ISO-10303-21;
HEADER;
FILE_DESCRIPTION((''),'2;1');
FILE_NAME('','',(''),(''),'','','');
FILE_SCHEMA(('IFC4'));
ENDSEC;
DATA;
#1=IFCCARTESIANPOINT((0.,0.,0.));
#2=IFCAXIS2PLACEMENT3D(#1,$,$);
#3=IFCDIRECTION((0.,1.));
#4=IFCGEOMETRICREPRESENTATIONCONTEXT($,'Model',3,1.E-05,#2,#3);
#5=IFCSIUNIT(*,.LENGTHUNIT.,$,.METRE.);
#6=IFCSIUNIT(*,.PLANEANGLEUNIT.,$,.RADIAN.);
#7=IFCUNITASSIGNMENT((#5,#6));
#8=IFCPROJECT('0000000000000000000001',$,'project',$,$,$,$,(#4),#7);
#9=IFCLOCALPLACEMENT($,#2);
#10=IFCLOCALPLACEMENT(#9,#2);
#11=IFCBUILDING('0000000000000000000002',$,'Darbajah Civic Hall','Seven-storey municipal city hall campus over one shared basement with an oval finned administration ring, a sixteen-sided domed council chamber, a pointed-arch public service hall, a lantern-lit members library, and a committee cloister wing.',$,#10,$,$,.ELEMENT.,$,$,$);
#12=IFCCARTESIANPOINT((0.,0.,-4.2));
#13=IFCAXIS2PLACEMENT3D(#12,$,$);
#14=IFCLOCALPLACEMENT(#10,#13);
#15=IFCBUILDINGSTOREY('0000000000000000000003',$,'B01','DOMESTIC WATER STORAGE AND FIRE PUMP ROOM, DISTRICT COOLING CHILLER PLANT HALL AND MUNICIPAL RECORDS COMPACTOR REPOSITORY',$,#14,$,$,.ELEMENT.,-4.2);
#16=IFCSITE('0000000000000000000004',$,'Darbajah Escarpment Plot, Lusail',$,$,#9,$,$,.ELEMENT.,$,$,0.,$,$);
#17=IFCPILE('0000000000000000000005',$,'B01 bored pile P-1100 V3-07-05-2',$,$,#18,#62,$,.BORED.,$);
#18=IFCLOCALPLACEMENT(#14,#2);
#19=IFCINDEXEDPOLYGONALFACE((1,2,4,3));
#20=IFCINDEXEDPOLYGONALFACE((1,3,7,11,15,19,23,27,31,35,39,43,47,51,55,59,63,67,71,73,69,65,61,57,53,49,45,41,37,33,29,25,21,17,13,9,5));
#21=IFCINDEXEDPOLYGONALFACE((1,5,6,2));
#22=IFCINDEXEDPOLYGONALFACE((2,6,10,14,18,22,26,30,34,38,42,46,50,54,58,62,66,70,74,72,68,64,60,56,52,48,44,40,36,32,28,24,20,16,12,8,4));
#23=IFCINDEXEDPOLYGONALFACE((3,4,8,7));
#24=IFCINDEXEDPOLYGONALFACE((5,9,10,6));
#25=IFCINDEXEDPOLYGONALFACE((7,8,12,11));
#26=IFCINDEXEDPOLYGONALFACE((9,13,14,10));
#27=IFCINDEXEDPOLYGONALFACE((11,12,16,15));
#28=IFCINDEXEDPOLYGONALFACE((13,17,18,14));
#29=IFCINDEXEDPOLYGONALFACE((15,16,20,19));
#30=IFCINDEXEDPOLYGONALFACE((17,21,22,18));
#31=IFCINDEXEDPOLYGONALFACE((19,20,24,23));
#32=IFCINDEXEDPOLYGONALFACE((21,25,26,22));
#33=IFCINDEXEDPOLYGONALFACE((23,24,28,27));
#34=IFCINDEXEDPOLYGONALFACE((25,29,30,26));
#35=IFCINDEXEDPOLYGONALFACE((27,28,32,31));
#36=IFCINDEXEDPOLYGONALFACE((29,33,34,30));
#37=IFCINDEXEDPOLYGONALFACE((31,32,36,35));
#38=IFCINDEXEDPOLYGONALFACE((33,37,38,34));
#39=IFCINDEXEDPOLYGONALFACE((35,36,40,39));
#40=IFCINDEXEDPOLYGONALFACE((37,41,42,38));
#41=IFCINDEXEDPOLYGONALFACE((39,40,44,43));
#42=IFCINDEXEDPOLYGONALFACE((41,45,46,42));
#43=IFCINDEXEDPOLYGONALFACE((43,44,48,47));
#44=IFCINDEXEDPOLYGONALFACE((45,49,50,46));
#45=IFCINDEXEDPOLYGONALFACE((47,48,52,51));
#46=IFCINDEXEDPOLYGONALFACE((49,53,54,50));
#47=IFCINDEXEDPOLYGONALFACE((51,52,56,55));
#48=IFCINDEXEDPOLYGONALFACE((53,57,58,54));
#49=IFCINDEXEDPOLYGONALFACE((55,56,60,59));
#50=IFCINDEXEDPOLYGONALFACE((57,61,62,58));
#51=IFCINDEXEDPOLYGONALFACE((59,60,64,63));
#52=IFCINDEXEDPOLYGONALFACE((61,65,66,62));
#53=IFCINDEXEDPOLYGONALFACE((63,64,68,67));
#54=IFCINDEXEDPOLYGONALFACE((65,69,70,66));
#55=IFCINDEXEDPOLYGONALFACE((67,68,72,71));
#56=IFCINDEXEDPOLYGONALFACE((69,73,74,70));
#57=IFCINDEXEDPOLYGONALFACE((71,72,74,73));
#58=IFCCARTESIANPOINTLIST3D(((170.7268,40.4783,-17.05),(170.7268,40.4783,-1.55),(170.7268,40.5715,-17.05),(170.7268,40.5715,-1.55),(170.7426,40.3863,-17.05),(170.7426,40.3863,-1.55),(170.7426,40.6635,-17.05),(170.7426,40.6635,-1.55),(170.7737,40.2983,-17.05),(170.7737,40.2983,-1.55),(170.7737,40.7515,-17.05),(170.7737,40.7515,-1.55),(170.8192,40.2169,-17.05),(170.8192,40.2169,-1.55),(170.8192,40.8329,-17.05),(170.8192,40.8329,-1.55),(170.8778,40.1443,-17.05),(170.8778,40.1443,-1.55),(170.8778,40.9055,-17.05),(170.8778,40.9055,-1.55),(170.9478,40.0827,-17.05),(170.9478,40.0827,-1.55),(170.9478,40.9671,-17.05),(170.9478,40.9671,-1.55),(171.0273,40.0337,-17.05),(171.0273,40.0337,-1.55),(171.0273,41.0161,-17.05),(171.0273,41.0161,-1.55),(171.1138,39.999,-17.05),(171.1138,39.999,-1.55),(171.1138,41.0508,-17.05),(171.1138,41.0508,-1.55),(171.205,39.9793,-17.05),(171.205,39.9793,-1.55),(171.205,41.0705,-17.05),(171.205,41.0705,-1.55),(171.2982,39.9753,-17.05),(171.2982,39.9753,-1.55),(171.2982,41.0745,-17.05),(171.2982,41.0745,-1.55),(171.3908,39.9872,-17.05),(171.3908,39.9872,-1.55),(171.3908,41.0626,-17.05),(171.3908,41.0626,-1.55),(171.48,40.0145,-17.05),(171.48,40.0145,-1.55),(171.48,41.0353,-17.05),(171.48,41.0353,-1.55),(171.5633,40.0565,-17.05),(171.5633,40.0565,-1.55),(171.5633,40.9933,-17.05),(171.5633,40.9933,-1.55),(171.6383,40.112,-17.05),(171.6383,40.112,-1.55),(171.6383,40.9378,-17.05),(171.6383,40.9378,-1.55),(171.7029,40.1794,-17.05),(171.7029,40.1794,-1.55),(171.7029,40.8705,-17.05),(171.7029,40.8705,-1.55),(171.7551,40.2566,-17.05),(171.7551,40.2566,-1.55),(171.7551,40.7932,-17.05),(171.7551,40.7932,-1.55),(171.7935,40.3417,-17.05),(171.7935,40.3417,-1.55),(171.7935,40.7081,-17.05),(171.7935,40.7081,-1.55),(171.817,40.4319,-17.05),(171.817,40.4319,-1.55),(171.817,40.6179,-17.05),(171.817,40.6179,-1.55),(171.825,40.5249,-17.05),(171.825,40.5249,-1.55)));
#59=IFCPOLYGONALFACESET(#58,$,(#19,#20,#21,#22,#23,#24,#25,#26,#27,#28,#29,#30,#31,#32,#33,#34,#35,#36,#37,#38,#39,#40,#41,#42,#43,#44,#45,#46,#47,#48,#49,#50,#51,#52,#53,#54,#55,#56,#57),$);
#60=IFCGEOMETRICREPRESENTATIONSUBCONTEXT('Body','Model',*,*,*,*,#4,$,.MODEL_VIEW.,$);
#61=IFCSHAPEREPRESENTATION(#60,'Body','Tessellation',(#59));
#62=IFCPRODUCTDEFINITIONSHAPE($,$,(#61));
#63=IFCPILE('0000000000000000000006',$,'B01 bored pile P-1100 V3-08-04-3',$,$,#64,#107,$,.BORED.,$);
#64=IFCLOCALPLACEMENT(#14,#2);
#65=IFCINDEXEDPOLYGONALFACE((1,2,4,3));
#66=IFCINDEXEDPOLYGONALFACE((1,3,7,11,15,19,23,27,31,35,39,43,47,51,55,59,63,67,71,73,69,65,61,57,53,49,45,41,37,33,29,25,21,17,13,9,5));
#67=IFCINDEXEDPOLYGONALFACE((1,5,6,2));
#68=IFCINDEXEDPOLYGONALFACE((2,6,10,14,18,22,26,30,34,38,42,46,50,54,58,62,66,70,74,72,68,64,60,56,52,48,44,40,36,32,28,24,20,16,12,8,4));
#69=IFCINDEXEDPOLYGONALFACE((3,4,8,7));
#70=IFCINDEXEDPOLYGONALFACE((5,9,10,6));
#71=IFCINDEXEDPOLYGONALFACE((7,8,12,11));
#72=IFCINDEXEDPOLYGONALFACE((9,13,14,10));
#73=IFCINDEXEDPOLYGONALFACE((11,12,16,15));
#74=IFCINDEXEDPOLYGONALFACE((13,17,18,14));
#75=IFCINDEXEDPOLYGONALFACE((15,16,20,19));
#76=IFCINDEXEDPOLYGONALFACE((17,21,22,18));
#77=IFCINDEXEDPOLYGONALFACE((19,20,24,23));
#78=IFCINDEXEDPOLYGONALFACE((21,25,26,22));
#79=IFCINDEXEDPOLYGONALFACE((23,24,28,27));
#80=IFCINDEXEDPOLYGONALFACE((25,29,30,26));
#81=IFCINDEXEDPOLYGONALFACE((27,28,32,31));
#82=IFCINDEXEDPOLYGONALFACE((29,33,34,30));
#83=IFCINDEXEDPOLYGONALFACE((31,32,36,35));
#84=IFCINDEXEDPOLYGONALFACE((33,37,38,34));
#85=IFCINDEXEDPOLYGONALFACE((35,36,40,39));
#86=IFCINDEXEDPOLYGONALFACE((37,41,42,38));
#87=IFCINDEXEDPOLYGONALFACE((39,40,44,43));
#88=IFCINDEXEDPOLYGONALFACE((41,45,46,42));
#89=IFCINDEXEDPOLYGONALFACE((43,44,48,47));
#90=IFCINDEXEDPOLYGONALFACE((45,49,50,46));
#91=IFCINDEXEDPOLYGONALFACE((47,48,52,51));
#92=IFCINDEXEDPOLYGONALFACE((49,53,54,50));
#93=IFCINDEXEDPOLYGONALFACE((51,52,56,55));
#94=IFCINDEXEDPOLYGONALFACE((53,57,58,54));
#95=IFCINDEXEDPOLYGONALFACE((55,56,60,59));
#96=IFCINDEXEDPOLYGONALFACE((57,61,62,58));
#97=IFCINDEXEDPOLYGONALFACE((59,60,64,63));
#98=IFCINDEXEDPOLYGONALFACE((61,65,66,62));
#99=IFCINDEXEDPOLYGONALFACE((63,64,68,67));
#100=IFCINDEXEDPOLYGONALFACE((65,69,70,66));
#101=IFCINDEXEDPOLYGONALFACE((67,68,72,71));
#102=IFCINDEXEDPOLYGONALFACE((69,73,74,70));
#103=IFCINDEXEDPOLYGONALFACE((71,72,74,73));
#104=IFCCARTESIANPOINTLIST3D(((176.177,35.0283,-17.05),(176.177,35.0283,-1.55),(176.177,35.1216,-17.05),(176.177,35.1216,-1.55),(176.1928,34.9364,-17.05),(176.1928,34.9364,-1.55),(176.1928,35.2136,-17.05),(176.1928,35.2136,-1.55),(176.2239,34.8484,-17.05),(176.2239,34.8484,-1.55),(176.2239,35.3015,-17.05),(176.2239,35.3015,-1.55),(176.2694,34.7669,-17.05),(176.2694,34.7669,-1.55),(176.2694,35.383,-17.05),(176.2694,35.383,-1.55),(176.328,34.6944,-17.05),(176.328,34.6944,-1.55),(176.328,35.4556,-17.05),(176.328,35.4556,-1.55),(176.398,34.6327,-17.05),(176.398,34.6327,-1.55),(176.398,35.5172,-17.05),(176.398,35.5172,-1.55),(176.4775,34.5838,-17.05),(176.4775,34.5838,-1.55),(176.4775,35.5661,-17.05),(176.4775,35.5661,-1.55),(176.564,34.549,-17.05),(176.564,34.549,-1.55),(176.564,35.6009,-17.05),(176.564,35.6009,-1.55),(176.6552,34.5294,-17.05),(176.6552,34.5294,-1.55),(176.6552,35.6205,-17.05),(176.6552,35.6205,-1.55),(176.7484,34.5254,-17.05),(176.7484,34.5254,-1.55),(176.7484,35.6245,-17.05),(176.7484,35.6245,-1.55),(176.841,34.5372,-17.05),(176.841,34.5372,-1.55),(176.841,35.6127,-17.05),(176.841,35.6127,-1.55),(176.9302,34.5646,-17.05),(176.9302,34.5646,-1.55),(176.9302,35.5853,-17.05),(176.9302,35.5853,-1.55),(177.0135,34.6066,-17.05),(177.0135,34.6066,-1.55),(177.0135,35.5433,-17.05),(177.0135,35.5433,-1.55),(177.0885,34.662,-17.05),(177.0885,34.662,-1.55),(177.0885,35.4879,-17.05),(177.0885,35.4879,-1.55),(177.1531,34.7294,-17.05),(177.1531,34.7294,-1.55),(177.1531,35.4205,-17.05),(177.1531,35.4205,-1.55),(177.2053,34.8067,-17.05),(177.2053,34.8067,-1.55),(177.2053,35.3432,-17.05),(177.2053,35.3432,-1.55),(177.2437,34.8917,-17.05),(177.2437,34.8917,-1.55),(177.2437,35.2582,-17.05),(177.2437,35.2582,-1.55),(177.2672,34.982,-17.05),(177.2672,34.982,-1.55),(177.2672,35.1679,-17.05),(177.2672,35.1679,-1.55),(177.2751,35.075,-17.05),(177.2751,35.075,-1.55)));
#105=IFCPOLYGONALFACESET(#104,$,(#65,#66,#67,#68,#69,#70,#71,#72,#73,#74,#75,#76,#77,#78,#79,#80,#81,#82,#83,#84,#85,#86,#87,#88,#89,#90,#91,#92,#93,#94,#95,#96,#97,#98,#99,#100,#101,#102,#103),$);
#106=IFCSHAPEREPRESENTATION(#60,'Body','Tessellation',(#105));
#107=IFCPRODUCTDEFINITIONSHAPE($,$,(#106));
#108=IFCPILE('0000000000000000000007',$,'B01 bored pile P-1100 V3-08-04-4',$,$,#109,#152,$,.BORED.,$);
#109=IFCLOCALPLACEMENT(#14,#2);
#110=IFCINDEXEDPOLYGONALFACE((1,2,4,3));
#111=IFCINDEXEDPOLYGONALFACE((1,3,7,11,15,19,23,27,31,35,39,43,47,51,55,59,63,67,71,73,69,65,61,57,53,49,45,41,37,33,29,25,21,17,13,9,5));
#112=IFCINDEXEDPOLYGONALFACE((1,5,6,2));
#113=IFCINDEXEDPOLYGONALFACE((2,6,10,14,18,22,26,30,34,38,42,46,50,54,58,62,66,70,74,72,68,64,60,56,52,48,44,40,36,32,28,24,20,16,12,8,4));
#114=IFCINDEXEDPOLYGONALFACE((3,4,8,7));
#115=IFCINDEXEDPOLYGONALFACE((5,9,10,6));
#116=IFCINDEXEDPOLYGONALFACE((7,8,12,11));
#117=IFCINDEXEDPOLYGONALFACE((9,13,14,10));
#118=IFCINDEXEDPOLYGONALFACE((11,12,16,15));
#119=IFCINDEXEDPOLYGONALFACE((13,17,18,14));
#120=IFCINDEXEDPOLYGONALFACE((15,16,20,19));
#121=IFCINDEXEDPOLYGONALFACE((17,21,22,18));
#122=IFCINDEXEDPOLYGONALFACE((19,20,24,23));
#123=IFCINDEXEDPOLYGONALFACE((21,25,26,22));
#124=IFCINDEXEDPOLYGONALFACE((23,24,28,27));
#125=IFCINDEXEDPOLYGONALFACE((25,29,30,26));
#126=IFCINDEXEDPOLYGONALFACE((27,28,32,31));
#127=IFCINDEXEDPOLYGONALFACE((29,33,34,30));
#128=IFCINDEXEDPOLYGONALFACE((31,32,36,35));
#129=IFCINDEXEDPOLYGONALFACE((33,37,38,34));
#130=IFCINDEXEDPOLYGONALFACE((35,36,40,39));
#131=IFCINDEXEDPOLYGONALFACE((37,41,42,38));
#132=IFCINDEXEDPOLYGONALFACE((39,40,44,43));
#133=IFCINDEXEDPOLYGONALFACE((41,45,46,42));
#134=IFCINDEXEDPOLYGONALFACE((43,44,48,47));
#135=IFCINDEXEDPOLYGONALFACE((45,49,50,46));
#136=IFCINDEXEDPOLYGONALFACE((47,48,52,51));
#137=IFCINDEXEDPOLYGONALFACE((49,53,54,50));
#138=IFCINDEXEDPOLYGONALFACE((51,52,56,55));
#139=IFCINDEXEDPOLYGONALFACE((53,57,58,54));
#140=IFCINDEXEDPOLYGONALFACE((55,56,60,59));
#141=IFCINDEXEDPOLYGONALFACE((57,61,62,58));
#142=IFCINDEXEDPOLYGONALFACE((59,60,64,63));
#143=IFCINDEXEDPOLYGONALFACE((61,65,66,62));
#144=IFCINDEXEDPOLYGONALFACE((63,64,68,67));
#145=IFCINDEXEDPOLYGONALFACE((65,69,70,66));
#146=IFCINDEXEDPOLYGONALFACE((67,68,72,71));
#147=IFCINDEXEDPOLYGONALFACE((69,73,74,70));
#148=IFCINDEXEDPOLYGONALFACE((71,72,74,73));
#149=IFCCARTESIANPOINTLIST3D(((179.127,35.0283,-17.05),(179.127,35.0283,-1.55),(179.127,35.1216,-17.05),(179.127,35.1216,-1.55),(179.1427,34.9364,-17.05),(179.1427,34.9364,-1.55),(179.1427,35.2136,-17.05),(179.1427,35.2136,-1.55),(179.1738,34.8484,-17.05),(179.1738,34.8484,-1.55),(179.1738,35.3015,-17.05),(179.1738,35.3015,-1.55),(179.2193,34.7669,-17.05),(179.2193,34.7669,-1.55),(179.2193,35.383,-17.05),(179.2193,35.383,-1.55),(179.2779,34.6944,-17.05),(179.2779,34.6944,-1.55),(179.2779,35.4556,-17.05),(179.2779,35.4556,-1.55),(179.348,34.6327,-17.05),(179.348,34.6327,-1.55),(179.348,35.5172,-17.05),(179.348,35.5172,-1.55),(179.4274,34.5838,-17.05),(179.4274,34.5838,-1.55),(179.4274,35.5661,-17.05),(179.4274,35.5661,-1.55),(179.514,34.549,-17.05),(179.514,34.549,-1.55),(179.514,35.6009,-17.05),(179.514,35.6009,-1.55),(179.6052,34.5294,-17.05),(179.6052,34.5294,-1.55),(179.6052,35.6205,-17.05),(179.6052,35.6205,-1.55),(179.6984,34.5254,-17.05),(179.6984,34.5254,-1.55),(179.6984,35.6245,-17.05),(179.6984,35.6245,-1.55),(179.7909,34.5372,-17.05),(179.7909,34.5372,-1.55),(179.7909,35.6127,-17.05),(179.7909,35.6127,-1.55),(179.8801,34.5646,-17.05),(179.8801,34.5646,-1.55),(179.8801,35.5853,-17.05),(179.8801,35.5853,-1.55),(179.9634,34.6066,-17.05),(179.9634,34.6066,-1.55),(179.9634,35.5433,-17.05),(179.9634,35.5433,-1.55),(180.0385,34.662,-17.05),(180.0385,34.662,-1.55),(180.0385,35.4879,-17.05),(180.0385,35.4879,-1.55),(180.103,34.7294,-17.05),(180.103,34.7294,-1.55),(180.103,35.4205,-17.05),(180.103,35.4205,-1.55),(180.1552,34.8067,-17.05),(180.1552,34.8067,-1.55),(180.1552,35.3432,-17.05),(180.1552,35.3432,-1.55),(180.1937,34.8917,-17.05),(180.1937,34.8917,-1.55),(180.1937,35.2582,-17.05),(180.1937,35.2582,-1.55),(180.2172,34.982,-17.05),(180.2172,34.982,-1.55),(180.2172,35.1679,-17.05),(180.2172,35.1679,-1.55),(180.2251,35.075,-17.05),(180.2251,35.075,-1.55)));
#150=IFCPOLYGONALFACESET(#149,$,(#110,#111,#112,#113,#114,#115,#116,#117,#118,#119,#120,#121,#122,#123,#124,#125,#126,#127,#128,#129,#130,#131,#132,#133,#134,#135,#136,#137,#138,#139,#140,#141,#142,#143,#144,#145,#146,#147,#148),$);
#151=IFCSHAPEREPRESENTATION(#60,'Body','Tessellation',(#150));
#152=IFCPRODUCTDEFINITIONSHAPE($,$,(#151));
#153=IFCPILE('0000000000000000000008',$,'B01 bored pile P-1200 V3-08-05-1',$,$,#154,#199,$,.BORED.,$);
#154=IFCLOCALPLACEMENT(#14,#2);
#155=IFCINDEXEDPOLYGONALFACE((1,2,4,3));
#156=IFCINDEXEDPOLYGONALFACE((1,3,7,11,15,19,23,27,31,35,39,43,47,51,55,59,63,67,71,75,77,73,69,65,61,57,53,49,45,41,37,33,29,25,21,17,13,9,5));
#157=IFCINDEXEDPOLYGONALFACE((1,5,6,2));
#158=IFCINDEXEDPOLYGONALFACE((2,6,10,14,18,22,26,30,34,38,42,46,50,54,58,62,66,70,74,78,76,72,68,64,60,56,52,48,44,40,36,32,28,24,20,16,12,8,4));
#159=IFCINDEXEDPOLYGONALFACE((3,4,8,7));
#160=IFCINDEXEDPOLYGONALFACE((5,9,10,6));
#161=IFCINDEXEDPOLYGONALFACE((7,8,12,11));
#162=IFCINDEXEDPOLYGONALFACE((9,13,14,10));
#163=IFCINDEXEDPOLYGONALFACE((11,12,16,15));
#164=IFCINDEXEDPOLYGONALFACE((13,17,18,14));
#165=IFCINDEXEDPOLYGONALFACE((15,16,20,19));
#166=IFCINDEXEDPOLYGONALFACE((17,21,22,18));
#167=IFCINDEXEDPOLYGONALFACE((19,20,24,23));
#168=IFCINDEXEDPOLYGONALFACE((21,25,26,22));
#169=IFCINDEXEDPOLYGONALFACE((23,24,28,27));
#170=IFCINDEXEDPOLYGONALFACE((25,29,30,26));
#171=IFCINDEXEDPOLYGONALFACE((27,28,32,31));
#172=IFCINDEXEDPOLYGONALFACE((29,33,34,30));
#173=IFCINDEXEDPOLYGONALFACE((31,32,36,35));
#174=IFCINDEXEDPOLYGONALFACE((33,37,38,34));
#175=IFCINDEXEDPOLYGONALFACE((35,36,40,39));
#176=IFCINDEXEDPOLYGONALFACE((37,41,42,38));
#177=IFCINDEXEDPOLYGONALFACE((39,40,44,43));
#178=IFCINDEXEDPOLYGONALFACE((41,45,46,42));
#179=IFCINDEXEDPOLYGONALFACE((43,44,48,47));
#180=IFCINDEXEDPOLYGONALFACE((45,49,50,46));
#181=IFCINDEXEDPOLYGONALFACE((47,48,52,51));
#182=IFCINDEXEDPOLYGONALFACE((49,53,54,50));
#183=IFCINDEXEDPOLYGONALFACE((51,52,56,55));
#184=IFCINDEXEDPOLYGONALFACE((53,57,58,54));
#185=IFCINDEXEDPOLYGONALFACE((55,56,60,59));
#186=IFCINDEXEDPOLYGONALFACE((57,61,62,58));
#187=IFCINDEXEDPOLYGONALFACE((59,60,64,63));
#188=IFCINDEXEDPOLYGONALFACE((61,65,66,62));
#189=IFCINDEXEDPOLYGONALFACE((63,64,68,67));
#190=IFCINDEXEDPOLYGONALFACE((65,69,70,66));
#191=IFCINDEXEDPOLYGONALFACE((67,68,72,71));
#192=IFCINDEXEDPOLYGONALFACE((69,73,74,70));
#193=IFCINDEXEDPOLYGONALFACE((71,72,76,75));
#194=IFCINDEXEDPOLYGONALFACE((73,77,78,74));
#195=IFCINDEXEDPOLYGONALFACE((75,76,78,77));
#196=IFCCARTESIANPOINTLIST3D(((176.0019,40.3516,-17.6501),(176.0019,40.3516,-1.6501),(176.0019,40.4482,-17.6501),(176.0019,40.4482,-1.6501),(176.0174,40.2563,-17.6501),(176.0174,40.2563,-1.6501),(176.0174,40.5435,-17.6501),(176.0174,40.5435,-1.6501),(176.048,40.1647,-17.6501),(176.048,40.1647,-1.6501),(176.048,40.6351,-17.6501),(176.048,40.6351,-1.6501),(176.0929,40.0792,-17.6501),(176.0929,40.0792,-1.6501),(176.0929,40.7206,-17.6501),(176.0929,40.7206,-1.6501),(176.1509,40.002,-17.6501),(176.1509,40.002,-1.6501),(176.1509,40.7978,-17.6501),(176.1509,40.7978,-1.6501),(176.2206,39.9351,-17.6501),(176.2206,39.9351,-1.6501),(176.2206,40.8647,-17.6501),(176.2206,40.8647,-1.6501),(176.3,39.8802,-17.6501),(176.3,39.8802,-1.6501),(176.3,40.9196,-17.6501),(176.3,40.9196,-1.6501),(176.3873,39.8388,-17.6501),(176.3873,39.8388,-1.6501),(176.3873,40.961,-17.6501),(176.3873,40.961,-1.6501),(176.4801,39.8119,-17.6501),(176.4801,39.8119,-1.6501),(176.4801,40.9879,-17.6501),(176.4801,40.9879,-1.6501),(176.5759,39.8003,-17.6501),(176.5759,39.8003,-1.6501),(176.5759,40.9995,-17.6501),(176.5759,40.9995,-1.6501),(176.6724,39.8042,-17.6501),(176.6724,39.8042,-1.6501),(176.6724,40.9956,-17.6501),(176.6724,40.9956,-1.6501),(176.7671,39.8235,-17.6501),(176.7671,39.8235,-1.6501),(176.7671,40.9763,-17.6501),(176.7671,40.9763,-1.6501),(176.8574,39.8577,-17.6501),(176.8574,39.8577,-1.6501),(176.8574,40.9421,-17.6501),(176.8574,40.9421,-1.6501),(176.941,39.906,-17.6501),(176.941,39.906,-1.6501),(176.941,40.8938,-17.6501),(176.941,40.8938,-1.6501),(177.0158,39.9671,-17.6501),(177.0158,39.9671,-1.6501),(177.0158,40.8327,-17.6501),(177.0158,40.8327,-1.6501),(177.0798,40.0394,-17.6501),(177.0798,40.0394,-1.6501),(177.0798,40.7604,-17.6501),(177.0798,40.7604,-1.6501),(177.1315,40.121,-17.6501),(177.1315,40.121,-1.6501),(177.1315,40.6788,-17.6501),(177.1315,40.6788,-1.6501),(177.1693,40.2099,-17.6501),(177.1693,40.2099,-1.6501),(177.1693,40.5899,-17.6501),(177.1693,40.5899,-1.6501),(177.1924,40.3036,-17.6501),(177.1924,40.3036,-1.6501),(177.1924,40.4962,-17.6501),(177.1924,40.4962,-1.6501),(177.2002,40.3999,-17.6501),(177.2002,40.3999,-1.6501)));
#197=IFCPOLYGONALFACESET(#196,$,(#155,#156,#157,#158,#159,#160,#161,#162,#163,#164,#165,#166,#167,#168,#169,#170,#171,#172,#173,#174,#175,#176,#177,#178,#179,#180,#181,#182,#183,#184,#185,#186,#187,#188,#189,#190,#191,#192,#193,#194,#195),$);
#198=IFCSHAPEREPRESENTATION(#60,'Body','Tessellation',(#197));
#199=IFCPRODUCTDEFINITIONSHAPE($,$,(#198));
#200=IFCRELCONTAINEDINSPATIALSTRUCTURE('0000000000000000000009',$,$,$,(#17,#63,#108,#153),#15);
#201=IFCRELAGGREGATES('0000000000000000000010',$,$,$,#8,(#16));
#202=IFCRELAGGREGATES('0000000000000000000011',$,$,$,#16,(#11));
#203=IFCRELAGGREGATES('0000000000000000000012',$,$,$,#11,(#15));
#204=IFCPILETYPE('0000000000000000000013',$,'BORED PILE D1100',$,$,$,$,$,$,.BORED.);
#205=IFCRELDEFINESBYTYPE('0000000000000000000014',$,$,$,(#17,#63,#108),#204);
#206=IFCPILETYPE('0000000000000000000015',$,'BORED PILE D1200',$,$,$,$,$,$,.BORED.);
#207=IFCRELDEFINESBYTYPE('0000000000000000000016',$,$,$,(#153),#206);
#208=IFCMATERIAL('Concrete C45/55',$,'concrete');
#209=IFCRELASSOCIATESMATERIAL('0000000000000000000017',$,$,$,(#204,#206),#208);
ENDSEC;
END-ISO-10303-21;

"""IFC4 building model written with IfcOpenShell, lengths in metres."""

from ifc_helpers import new_model, si_unit, direction, frame, origin, origin_2d, place, context, subcontext, project, spatial, circle, extrude, material, material_profile, profile_set, type_object, element, save


model = new_model("IFC4")

# Units and contexts
model_context = context("Model", 3, precision=1e-05, world=origin(), true_north=direction((0.0, 1.0)))
body_context = subcontext(model_context, "Body", "Model", "MODEL_VIEW")
ifc_project = project(units=[si_unit("LENGTHUNIT", "METRE"), si_unit("PLANEANGLEUNIT", "RADIAN")], contexts=[model_context])

# Site, building, storey
site_placement = place(None, origin())
site = spatial("IfcSite", under=ifc_project, at=site_placement, Name="Darbajah Escarpment Plot, Lusail", CompositionType="ELEMENT", RefElevation=0.0)
building_placement = place(site_placement, origin())
building = spatial("IfcBuilding", under=site, at=building_placement, Name="Darbajah Civic Hall", Description="Seven-storey municipal city hall campus over one shared basement with an oval finned administration ring, a sixteen-sided domed council chamber, a pointed-arch public service hall, a lantern-lit members library, and a committee cloister wing.", CompositionType="ELEMENT")
storey_placement = place(building_placement, frame((0.0, 0.0, -4.2)))
storey = spatial("IfcBuildingStorey", under=building, at=storey_placement, Name="B01", Description="DOMESTIC WATER STORAGE AND FIRE PUMP ROOM, DISTRICT COOLING CHILLER PLANT HALL AND MUNICIPAL RECORDS COMPACTOR REPOSITORY", CompositionType="ELEMENT", Elevation=-4.2)

# Piles
ifc_material_1 = material(Name="Concrete C45/55", Category="concrete")
ifc_material_profile_1 = material_profile(ifc_material_1, circle(Radius=0.55, at=origin_2d()), Name="BORED PILE D1100")
ifc_profile_set_1 = profile_set([ifc_material_profile_1], Name="Concrete C45/55")
pile_type_1 = type_object("IfcPileType", Name="BORED PILE D1100", PredefinedType="BORED", material=ifc_profile_set_1)
for number, where, z_axis, x_axis, name in (
    (1, (171.2749, 40.5249, -1.55), (0.0, 0.0, -1.0), (1.0, 0.0, 0.0), "B01 bored pile P-1100 V3-07-05-2"),
    (2, (176.7251, 35.075, -1.55), (0.0, 0.0, -1.0), (1.0, 0.0, 0.0), "B01 bored pile P-1100 V3-08-04-3"),
    (3, (179.675, 35.075, -1.55), (0.0, 0.0, -1.0), (1.0, 0.0, 0.0), "B01 bored pile P-1100 V3-08-04-4"),
):
    element("IfcPile", number, at=place(storey_placement, frame(where, z_axis=z_axis, x_axis=x_axis)), inside=storey, type_object=pile_type_1, Name=name, PredefinedType="BORED", context=body_context, shape_type="SweptSolid", body=[
        extrude(circle(Radius=0.55, at=origin_2d()), origin(), (0.0, 0.0, 1.0), 15.5),
    ])
ifc_material_profile_2 = material_profile(ifc_material_1, circle(Radius=0.6001, at=origin_2d()), Name="BORED PILE D1200")
ifc_profile_set_2 = profile_set([ifc_material_profile_2], Name="Concrete C45/55")
pile_type_2 = type_object("IfcPileType", Name="BORED PILE D1200", PredefinedType="BORED", material=ifc_profile_set_2)
for number, where, z_axis, x_axis, name in (
    (4, (176.6001, 40.3999, -1.6501), (0.0, 0.0, -1.0), (1.0, 0.0, 0.0), "B01 bored pile P-1200 V3-08-05-1"),
):
    element("IfcPile", number, at=place(storey_placement, frame(where, z_axis=z_axis, x_axis=x_axis)), inside=storey, type_object=pile_type_2, Name=name, PredefinedType="BORED", context=body_context, shape_type="SweptSolid", body=[
        extrude(circle(Radius=0.6001, at=origin_2d()), origin(), (0.0, 0.0, 1.0), 16.0),
    ])

save(model, "model.ifc")
